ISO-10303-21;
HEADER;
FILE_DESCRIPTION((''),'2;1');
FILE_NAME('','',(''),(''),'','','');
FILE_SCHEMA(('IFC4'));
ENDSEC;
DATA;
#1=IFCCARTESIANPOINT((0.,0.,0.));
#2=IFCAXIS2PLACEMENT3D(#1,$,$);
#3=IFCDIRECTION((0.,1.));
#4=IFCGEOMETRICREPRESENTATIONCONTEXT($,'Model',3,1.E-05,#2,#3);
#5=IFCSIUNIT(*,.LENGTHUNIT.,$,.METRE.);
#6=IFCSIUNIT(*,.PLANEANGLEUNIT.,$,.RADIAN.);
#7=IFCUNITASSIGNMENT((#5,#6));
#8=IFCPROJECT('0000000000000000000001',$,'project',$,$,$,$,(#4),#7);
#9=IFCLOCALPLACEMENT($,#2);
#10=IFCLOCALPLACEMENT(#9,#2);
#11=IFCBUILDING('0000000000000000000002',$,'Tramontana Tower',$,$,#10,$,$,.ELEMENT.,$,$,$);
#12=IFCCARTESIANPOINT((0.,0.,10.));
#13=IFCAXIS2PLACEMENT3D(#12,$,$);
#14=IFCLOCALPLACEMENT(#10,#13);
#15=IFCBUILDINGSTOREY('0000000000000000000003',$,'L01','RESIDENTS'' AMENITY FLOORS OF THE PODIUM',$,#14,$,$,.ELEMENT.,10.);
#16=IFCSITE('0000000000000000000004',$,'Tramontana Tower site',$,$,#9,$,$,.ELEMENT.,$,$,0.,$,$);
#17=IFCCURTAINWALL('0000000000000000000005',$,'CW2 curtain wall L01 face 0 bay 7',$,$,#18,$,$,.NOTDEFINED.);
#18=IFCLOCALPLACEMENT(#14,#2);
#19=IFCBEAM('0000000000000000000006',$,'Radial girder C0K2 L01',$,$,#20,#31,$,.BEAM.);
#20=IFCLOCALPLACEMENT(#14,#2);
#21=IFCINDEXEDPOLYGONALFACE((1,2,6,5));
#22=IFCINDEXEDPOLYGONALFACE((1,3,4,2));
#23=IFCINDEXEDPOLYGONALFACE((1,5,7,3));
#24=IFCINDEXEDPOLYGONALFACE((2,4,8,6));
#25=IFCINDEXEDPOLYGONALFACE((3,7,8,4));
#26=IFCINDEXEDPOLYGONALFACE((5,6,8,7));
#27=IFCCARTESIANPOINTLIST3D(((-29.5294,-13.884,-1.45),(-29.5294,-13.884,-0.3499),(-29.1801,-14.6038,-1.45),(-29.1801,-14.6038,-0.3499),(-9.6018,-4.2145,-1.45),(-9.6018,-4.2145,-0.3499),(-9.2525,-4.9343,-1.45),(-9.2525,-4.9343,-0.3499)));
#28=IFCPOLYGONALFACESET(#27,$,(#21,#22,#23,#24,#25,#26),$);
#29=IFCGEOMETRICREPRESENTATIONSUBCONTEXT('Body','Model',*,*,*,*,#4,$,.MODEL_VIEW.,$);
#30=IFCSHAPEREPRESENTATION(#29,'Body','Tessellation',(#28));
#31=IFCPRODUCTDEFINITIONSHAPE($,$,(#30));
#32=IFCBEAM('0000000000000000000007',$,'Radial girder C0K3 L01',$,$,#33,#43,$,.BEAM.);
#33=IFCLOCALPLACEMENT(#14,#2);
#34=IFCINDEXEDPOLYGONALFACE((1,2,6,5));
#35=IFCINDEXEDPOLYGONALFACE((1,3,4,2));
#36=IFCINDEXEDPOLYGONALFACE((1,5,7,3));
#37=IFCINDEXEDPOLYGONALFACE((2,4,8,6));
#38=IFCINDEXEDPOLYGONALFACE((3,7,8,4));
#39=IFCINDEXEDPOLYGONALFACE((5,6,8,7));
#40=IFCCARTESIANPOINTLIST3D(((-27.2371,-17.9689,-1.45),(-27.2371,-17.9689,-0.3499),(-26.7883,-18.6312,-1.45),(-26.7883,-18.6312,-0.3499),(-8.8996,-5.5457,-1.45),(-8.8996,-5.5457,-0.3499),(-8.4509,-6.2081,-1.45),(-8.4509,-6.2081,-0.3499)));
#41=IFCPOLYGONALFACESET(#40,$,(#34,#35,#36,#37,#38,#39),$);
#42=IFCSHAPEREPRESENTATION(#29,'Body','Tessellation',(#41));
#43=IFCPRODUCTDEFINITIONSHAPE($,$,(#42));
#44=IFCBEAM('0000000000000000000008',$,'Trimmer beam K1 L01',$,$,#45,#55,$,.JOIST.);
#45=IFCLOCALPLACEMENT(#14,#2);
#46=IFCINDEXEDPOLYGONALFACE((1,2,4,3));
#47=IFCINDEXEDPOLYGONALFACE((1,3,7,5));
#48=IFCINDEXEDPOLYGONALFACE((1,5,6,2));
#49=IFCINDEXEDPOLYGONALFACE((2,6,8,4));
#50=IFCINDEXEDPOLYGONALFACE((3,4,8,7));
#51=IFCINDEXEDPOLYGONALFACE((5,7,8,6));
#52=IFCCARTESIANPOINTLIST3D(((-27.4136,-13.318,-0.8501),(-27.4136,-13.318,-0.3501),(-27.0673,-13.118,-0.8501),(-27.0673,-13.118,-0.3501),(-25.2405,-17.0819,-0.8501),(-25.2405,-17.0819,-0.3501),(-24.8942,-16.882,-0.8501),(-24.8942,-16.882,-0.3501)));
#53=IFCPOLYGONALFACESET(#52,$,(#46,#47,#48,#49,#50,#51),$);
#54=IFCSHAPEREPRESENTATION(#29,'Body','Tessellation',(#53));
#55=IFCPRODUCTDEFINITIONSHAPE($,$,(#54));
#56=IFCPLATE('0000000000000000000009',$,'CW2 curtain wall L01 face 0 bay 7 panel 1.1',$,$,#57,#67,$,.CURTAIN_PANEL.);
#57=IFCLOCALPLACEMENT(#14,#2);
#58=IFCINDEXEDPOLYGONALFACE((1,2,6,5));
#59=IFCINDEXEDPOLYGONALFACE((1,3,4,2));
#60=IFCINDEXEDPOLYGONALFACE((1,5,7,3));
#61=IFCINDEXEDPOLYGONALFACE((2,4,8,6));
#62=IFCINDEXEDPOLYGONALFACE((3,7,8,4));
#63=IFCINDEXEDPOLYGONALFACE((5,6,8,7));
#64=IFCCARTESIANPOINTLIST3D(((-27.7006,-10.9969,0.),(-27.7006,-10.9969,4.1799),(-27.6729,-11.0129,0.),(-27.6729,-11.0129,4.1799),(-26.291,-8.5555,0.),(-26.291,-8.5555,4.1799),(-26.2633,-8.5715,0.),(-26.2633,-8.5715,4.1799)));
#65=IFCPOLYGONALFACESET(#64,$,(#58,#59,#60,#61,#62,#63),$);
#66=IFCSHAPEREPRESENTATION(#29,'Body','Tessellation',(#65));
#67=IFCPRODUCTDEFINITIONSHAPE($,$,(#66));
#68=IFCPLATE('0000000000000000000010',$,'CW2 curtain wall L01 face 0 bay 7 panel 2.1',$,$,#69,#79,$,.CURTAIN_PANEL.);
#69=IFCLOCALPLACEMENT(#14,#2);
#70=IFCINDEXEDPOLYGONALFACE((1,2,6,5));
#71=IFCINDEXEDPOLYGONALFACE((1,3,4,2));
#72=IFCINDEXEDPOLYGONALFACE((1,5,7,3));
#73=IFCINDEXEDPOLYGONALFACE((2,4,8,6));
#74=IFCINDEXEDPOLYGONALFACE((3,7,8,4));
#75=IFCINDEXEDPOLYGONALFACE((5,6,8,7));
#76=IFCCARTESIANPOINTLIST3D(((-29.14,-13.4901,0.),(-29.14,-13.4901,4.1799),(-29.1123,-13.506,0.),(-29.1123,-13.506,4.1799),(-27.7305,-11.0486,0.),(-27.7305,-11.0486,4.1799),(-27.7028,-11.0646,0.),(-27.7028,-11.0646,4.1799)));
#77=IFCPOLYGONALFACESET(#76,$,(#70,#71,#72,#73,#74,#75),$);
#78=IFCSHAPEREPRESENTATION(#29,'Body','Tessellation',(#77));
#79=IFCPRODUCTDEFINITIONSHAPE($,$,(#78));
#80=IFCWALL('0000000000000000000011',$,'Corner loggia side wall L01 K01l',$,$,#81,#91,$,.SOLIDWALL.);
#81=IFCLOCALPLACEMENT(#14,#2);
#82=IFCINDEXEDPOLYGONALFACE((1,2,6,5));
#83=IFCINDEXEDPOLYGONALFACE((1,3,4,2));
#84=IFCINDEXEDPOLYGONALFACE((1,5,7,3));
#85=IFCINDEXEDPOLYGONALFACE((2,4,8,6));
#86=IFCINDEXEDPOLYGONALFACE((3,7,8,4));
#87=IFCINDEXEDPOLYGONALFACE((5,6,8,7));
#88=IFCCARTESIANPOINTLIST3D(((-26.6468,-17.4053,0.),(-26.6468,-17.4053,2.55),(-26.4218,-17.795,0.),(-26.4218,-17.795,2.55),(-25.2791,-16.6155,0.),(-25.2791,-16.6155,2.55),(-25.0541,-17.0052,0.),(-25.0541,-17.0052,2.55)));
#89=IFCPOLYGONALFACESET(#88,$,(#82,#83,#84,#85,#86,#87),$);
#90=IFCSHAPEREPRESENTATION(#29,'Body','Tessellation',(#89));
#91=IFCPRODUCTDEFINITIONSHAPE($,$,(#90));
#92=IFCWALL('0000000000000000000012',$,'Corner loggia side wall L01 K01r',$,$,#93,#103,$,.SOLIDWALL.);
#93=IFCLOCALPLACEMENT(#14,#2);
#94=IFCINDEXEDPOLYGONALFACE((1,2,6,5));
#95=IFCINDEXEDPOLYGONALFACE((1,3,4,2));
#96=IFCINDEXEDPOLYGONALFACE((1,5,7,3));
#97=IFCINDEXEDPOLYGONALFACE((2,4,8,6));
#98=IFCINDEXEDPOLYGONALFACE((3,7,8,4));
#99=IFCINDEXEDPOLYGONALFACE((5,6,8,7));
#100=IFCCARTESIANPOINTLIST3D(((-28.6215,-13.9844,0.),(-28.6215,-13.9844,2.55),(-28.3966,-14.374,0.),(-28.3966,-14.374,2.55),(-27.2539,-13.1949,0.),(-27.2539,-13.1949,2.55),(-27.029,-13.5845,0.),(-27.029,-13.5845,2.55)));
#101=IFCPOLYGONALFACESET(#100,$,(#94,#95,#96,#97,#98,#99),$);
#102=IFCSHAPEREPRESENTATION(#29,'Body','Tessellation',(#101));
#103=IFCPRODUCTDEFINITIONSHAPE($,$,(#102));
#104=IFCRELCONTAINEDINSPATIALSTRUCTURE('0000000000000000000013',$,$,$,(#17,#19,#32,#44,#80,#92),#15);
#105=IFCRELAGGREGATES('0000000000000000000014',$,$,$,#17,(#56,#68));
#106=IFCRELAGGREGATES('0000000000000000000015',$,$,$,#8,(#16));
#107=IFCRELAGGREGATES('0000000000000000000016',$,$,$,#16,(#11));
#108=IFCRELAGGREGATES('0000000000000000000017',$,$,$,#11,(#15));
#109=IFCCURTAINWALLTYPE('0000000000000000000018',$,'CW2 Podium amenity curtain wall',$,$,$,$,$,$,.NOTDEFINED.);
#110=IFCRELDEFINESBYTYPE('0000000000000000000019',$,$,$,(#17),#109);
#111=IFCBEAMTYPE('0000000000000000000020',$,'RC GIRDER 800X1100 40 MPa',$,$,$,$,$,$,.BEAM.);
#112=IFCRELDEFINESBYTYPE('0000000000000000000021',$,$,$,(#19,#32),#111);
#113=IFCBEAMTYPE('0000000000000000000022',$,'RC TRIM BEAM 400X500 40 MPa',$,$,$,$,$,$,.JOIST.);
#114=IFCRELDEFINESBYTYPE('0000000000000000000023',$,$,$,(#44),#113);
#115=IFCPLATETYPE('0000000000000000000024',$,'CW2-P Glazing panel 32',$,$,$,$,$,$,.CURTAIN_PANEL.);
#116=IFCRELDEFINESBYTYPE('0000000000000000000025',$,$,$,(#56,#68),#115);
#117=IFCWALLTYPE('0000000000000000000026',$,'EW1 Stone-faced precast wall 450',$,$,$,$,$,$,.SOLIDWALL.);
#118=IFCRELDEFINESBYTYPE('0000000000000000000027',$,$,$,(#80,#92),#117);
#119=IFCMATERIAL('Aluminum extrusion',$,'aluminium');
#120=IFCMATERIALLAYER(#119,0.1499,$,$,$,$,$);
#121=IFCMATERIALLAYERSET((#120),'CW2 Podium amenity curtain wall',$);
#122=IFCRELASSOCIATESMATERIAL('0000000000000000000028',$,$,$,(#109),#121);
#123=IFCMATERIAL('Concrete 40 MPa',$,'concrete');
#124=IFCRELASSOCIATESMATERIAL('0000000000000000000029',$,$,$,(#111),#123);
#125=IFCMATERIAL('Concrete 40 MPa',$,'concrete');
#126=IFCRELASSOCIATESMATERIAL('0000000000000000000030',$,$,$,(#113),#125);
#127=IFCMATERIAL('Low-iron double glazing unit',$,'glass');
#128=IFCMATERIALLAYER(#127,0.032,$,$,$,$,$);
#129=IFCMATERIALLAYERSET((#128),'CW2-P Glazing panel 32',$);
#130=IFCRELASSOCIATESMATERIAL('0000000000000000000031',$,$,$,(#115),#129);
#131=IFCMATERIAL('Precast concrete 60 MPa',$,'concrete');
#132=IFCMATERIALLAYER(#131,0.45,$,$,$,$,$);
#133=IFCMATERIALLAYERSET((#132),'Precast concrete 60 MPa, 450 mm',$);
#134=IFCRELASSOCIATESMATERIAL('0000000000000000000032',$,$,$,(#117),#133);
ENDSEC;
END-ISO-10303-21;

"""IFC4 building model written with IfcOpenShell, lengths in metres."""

from ifc_helpers import new_model, si_unit, direction, frame, frame_2d, origin, origin_2d, place, context, subcontext, project, spatial, rectangle, extrude, material, layer, layer_set, material_profile, profile_set, type_object, element, aggregate, save


model = new_model("IFC4")

# Units and contexts
model_context = context("Model", 3, precision=1e-05, world=origin(), true_north=direction((0.0, 1.0)))
body_context = subcontext(model_context, "Body", "Model", "MODEL_VIEW")
ifc_project = project(units=[si_unit("LENGTHUNIT", "METRE"), si_unit("PLANEANGLEUNIT", "RADIAN")], contexts=[model_context])

# Site, building, storey
site_placement = place(None, origin())
site = spatial("IfcSite", under=ifc_project, at=site_placement, Name="Tramontana Tower site", CompositionType="ELEMENT", RefElevation=0.0)
building_placement = place(site_placement, origin())
building = spatial("IfcBuilding", under=site, at=building_placement, Name="Tramontana Tower", CompositionType="ELEMENT")
storey_placement = place(building_placement, frame((0.0, 0.0, 10.0)))
storey = spatial("IfcBuildingStorey", under=building, at=storey_placement, Name="L01", Description="RESIDENTS' AMENITY FLOORS OF THE PODIUM", CompositionType="ELEMENT", Elevation=10.0)

# Shared definitions
ifc_material_1 = material(Name="Aluminum extrusion", Category="aluminium")
ifc_layer_1 = layer(ifc_material_1, 0.1499)
ifc_layer_set_1 = layer_set([ifc_layer_1], Name="CW2 Podium amenity curtain wall")
curtain_wall_type = type_object("IfcCurtainWallType", Name="CW2 Podium amenity curtain wall", PredefinedType="NOTDEFINED", material=ifc_layer_set_1)

# Curtain wall
curtain_wall_1_placement = place(storey_placement, origin())
curtain_wall_1 = element("IfcCurtainWall", 1, at=curtain_wall_1_placement, inside=storey, type_object=curtain_wall_type, Name="CW2 curtain wall L01 face 0 bay 7", PredefinedType="NOTDEFINED")

# Beams
ifc_material_2 = material(Name="Concrete 40 MPa", Category="concrete")
ifc_material_profile_1 = material_profile(ifc_material_2, rectangle(XDim=0.8, YDim=1.1001, at=origin_2d()), Name="RC GIRDER 800X1100 40 MPa")
ifc_profile_set_1 = profile_set([ifc_material_profile_1], Name="Concrete 40 MPa")
beam_type_1 = type_object("IfcBeamType", Name="RC GIRDER 800X1100 40 MPa", PredefinedType="BEAM", material=ifc_profile_set_1)
beam_1_placement = place(storey_placement, frame((-29.3547, -14.2439, -0.8999), z_axis=(0.899679, 0.436552, 0.0), x_axis=(-0.436552, 0.899679, 0.0)))
element("IfcBeam", 2, at=beam_1_placement, inside=storey, type_object=beam_type_1, Name="Radial girder C0K2 L01", PredefinedType="BEAM", context=body_context, shape_type="SweptSolid", body=[
    extrude(rectangle(XDim=0.8, YDim=1.1001, at=origin_2d()), origin(), (0.0, 0.0, 1.0), 22.1497),
])
beam_2_placement = place(storey_placement, frame((-27.0127, -18.3, -0.8999), z_axis=(0.827898, 0.560879, 0.0), x_axis=(-0.560879, 0.827898, 0.0)))
element("IfcBeam", 3, at=beam_2_placement, inside=storey, type_object=beam_type_1, Name="Radial girder C0K3 L01", PredefinedType="BEAM", context=body_context, shape_type="SweptSolid", body=[
    extrude(rectangle(XDim=0.8, YDim=1.1001, at=origin_2d()), origin(), (0.0, 0.0, 1.0), 22.1494),
])
ifc_material_3 = material(Name="Concrete 40 MPa", Category="concrete")
ifc_material_profile_2 = material_profile(ifc_material_3, rectangle(XDim=0.3999, YDim=0.5, at=origin_2d()), Name="RC TRIM BEAM 400X500 40 MPa")
ifc_profile_set_2 = profile_set([ifc_material_profile_2], Name="Concrete 40 MPa")
beam_type_2 = type_object("IfcBeamType", Name="RC TRIM BEAM 400X500 40 MPa", PredefinedType="JOIST", material=ifc_profile_set_2)
beam_3_placement = place(storey_placement, frame((-27.2405, -13.218, -0.6001), z_axis=(0.5, -0.866026, 0.0), x_axis=(0.866026, 0.5, 0.0)))
element("IfcBeam", 4, at=beam_3_placement, inside=storey, type_object=beam_type_2, Name="Trimmer beam K1 L01", PredefinedType="JOIST", context=body_context, shape_type="SweptSolid", body=[
    extrude(rectangle(XDim=0.3999, YDim=0.5, at=origin_2d()), origin(), (0.0, 0.0, 1.0), 4.3462),
])

# Plates
ifc_material_4 = material(Name="Low-iron double glazing unit", Category="glass")
ifc_layer_2 = layer(ifc_material_4, 0.032)
ifc_layer_set_2 = layer_set([ifc_layer_2], Name="CW2-P Glazing panel 32")
plate_type = type_object("IfcPlateType", Name="CW2-P Glazing panel 32", PredefinedType="CURTAIN_PANEL", material=ifc_layer_set_2)
plate_1_placement = place(storey_placement, frame((-26.9819, -9.7842, 0.0), z_axis=(0.0, 0.0, 1.0), x_axis=(-0.5, -0.866025, 0.0)))
plate_1 = element("IfcPlate", 5, at=plate_1_placement, type_object=plate_type, Name="CW2 curtain wall L01 face 0 bay 7 panel 1.1", PredefinedType="CURTAIN_PANEL", context=body_context, shape_type="SweptSolid", body=[
    extrude(rectangle(XDim=2.8191, YDim=0.032, at=origin_2d()), origin(), (0.0, 0.0, 1.0), 4.1799),
])
plate_2_placement = place(storey_placement, frame((-28.4214, -12.2773, 0.0), z_axis=(0.0, 0.0, 1.0), x_axis=(-0.5, -0.866025, 0.0)))
plate_2 = element("IfcPlate", 6, at=plate_2_placement, type_object=plate_type, Name="CW2 curtain wall L01 face 0 bay 7 panel 2.1", PredefinedType="CURTAIN_PANEL", context=body_context, shape_type="SweptSolid", body=[
    extrude(rectangle(XDim=2.8191, YDim=0.032, at=origin_2d()), origin(), (0.0, 0.0, 1.0), 4.1799),
])
aggregate(curtain_wall_1, [plate_1, plate_2])

# Walls
ifc_material_5 = material(Name="Precast concrete 60 MPa", Category="concrete")
ifc_layer_3 = layer(ifc_material_5, 0.45)
ifc_layer_set_3 = layer_set([ifc_layer_3], Name="Precast concrete 60 MPa, 450 mm")
wall_type_1 = type_object("IfcWallType", Name="EW1 Stone-faced precast wall 450", PredefinedType="SOLIDWALL", material=ifc_layer_set_3)
wall_1_placement = place(storey_placement, frame((-26.5342, -17.6001, 0.0), z_axis=(0.0, 0.0, 1.0), x_axis=(0.86598, 0.500079, 0.0)))
element("IfcWall", 7, at=wall_1_placement, inside=storey, type_object=wall_type_1, Name="Corner loggia side wall L01 K01l", PredefinedType="SOLIDWALL", context=body_context, shape_type="SweptSolid", body=[
    extrude(rectangle(XDim=1.5793, YDim=0.45, at=frame_2d((0.7896, 0.0))), origin(), (0.0, 0.0, 1.0), 2.55),
])
wall_2_placement = place(storey_placement, frame((-28.509, -14.1792, 0.0), z_axis=(0.0, 0.0, 1.0), x_axis=(0.866047, 0.499963, 0.0)))
element("IfcWall", 8, at=wall_2_placement, inside=storey, type_object=wall_type_1, Name="Corner loggia side wall L01 K01r", PredefinedType="SOLIDWALL", context=body_context, shape_type="SweptSolid", body=[
    extrude(rectangle(XDim=1.5791, YDim=0.45, at=frame_2d((0.7896, 0.0))), origin(), (0.0, 0.0, 1.0), 2.55),
])

save(model, "model.ifc")
